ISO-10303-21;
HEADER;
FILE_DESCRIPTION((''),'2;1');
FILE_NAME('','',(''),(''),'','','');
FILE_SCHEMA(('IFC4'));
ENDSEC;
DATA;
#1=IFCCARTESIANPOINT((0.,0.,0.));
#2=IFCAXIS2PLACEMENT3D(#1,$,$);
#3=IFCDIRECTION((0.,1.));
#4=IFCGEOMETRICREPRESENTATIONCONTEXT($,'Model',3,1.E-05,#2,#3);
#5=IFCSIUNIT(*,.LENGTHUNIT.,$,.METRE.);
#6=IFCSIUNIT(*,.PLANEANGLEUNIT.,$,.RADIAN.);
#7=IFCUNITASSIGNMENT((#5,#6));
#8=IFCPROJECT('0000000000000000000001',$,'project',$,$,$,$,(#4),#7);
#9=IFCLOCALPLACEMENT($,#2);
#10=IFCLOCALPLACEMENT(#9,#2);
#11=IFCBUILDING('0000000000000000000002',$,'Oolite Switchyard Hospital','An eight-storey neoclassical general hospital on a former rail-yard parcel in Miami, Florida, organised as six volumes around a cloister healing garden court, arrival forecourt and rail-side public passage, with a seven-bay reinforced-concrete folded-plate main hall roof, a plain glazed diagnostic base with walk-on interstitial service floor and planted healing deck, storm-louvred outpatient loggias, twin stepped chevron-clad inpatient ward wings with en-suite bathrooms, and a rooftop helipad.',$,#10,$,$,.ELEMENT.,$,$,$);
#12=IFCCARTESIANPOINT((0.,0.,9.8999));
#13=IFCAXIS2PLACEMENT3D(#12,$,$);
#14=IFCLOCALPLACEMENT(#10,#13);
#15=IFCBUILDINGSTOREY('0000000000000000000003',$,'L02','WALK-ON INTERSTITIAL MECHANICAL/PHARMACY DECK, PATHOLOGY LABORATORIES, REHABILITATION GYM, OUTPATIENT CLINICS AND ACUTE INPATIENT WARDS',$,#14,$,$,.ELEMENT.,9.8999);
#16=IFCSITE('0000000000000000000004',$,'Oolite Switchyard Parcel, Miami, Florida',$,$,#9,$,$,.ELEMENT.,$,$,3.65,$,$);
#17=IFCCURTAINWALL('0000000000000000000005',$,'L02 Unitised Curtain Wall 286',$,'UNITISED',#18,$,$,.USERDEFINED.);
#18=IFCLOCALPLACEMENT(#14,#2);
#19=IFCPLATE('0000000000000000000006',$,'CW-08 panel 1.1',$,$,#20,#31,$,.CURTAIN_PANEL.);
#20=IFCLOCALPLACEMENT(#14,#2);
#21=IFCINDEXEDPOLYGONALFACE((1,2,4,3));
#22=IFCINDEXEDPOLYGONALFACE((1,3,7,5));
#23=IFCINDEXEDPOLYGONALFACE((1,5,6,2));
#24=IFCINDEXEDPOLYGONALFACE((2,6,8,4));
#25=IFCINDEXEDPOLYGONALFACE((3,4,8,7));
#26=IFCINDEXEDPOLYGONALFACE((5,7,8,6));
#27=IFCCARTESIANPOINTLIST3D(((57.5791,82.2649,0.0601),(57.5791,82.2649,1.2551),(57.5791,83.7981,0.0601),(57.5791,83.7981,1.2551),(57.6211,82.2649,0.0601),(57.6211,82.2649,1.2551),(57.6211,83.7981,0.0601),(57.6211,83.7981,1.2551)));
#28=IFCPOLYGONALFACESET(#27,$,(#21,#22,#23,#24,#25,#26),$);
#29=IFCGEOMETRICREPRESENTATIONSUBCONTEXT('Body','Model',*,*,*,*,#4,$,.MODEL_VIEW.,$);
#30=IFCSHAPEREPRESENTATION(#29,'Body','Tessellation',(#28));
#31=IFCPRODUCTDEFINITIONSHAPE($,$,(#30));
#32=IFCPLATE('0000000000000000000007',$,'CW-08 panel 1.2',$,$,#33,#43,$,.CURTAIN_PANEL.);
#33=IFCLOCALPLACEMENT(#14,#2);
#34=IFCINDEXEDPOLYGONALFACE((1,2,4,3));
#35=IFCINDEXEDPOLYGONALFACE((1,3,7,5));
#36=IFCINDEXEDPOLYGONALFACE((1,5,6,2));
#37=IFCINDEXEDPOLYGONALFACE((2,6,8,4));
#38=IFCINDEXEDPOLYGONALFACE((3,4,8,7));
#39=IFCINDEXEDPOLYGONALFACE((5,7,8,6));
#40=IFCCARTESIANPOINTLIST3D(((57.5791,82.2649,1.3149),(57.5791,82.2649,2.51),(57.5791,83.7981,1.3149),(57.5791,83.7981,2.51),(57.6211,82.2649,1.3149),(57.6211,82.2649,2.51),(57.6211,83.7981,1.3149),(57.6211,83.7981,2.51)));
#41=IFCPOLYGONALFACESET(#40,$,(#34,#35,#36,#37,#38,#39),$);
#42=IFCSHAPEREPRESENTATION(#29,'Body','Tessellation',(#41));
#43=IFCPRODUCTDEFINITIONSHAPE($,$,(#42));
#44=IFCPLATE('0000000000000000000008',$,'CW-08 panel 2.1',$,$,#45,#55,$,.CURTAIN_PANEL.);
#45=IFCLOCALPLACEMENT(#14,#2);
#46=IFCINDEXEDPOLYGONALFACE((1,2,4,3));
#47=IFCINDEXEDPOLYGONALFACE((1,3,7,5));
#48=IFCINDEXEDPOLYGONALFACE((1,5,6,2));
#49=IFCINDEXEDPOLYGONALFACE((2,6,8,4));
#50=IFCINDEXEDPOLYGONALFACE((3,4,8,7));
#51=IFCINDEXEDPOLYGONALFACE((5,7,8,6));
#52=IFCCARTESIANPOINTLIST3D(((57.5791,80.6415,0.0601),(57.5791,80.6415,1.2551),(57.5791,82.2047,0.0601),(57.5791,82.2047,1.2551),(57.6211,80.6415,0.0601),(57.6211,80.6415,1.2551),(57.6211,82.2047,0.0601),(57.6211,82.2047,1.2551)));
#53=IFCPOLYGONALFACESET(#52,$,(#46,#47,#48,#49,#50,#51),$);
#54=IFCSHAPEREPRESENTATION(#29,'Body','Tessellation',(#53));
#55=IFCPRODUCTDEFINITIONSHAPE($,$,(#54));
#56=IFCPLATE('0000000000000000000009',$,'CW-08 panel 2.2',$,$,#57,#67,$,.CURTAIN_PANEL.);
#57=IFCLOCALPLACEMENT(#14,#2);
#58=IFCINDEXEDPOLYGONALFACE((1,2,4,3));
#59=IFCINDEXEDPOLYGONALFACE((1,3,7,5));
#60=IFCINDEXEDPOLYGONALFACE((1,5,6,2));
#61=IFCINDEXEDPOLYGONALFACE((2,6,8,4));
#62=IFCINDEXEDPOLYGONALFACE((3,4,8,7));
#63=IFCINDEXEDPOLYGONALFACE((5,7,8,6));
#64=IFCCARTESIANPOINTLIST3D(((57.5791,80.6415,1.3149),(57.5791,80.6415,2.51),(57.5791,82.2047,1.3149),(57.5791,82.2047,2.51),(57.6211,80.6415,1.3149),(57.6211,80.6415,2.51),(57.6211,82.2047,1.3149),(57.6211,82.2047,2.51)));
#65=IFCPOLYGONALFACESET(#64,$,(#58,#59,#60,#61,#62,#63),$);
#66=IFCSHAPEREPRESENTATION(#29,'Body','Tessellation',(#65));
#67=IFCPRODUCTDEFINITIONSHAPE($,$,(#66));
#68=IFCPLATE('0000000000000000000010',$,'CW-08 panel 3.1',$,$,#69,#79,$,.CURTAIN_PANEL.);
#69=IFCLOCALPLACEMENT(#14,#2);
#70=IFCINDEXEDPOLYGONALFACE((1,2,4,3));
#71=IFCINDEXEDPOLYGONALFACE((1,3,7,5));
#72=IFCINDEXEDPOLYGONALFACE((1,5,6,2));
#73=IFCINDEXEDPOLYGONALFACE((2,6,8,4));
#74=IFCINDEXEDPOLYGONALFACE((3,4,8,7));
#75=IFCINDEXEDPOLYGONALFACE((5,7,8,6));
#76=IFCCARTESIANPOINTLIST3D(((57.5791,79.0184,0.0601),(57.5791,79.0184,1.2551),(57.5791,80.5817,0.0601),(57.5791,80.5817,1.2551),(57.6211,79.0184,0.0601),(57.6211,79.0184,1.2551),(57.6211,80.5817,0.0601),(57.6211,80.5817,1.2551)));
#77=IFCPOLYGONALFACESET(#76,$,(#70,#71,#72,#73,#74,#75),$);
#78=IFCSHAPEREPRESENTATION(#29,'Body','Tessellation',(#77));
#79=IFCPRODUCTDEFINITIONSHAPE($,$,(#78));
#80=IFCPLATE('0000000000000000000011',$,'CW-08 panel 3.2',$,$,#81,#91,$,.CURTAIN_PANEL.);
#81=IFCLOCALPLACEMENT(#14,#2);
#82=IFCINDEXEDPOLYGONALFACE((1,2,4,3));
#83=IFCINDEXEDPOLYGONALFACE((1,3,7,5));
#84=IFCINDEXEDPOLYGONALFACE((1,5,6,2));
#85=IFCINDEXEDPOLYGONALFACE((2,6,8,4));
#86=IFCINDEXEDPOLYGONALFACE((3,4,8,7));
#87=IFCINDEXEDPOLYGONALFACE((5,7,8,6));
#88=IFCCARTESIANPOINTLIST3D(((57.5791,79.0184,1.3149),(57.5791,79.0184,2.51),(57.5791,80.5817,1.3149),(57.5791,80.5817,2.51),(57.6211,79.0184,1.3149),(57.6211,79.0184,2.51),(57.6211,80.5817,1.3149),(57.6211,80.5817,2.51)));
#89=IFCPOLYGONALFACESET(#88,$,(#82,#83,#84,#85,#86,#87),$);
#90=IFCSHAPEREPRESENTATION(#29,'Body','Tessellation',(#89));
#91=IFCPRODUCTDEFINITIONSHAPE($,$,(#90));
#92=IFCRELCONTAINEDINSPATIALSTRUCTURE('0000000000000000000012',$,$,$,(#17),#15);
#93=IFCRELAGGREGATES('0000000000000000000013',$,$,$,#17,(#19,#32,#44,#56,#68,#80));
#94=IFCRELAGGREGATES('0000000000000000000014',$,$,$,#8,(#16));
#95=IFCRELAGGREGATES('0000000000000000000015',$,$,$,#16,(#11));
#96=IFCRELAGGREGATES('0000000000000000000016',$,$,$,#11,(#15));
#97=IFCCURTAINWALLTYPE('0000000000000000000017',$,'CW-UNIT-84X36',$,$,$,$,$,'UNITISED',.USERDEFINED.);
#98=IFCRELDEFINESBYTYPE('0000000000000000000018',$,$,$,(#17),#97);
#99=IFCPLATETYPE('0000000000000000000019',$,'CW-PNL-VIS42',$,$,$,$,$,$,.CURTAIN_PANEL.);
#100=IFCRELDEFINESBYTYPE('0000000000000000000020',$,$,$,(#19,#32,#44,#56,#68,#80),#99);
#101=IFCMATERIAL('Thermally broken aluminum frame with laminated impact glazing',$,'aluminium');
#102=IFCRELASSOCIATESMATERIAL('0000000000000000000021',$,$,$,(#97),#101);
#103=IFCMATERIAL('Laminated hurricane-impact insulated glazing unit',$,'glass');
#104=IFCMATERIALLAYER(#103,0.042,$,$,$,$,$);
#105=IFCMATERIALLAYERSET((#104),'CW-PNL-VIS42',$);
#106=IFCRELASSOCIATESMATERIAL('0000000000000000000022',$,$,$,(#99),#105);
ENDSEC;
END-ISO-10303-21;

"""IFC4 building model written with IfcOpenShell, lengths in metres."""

from ifc_helpers import new_model, si_unit, direction, frame, origin, origin_2d, place, context, subcontext, project, spatial, rectangle, extrude, material, layer, layer_set, type_object, element, aggregate, save


model = new_model("IFC4")

# Units and contexts
model_context = context("Model", 3, precision=1e-05, world=origin(), true_north=direction((0.0, 1.0)))
body_context = subcontext(model_context, "Body", "Model", "MODEL_VIEW")
ifc_project = project(units=[si_unit("LENGTHUNIT", "METRE"), si_unit("PLANEANGLEUNIT", "RADIAN")], contexts=[model_context])

# Site, building, storey
site_placement = place(None, origin())
site = spatial("IfcSite", under=ifc_project, at=site_placement, Name="Oolite Switchyard Parcel, Miami, Florida", CompositionType="ELEMENT", RefElevation=3.65)
building_placement = place(site_placement, origin())
building = spatial("IfcBuilding", under=site, at=building_placement, Name="Oolite Switchyard Hospital", Description="An eight-storey neoclassical general hospital on a former rail-yard parcel in Miami, Florida, organised as six volumes around a cloister healing garden court, arrival forecourt and rail-side public passage, with a seven-bay reinforced-concrete folded-plate main hall roof, a plain glazed diagnostic base with walk-on interstitial service floor and planted healing deck, storm-louvred outpatient loggias, twin stepped chevron-clad inpatient ward wings with en-suite bathrooms, and a rooftop helipad.", CompositionType="ELEMENT")
storey_placement = place(building_placement, frame((0.0, 0.0, 9.8999)))
storey = spatial("IfcBuildingStorey", under=building, at=storey_placement, Name="L02", Description="WALK-ON INTERSTITIAL MECHANICAL/PHARMACY DECK, PATHOLOGY LABORATORIES, REHABILITATION GYM, OUTPATIENT CLINICS AND ACUTE INPATIENT WARDS", CompositionType="ELEMENT", Elevation=9.8999)

# Curtain wall, plates
ifc_material_1 = material(Name="Thermally broken aluminum frame with laminated impact glazing", Category="aluminium")
curtain_wall_type = type_object("IfcCurtainWallType", Name="CW-UNIT-84X36", ElementType="UNITISED", PredefinedType="USERDEFINED", material=ifc_material_1)
curtain_wall_placement = place(storey_placement, origin())
curtain_wall = element("IfcCurtainWall", 1, at=curtain_wall_placement, inside=storey, type_object=curtain_wall_type, Name="L02 Unitised Curtain Wall 286", ObjectType="UNITISED", PredefinedType="USERDEFINED")
ifc_material_2 = material(Name="Laminated hurricane-impact insulated glazing unit", Category="glass")
ifc_layer = layer(ifc_material_2, 0.042)
ifc_layer_set = layer_set([ifc_layer], Name="CW-PNL-VIS42")
plate_type = type_object("IfcPlateType", Name="CW-PNL-VIS42", PredefinedType="CURTAIN_PANEL", material=ifc_layer_set)
plate_1_placement = place(storey_placement, frame((57.6001, 83.0315, 0.0601), z_axis=(0.0, 0.0, 1.0), x_axis=(0.0, -1.0, 0.0)))
plate_1 = element("IfcPlate", 2, at=plate_1_placement, type_object=plate_type, Name="CW-08 panel 1.1", PredefinedType="CURTAIN_PANEL", context=body_context, shape_type="SweptSolid", body=[
    extrude(rectangle(XDim=1.5332, YDim=0.042, at=origin_2d()), origin(), (0.0, 0.0, 1.0), 1.1951),
])
plate_2_placement = place(storey_placement, frame((57.6001, 83.0315, 1.3149), z_axis=(0.0, 0.0, 1.0), x_axis=(0.0, -1.0, 0.0)))
plate_2 = element("IfcPlate", 3, at=plate_2_placement, type_object=plate_type, Name="CW-08 panel 1.2", PredefinedType="CURTAIN_PANEL", context=body_context, shape_type="SweptSolid", body=[
    extrude(rectangle(XDim=1.5332, YDim=0.042, at=origin_2d()), origin(), (0.0, 0.0, 1.0), 1.1951),
])
plate_3_placement = place(storey_placement, frame((57.6001, 81.4231, 0.0601), z_axis=(0.0, 0.0, 1.0), x_axis=(0.0, -1.0, 0.0)))
plate_3 = element("IfcPlate", 4, at=plate_3_placement, type_object=plate_type, Name="CW-08 panel 2.1", PredefinedType="CURTAIN_PANEL", context=body_context, shape_type="SweptSolid", body=[
    extrude(rectangle(XDim=1.5632, YDim=0.042, at=origin_2d()), origin(), (0.0, 0.0, 1.0), 1.1951),
])
plate_4_placement = place(storey_placement, frame((57.6001, 81.4231, 1.3149), z_axis=(0.0, 0.0, 1.0), x_axis=(0.0, -1.0, 0.0)))
plate_4 = element("IfcPlate", 5, at=plate_4_placement, type_object=plate_type, Name="CW-08 panel 2.2", PredefinedType="CURTAIN_PANEL", context=body_context, shape_type="SweptSolid", body=[
    extrude(rectangle(XDim=1.5632, YDim=0.042, at=origin_2d()), origin(), (0.0, 0.0, 1.0), 1.1951),
])
plate_5_placement = place(storey_placement, frame((57.6001, 79.8, 0.0601), z_axis=(0.0, 0.0, 1.0), x_axis=(0.0, -1.0, 0.0)))
plate_5 = element("IfcPlate", 6, at=plate_5_placement, type_object=plate_type, Name="CW-08 panel 3.1", PredefinedType="CURTAIN_PANEL", context=body_context, shape_type="SweptSolid", body=[
    extrude(rectangle(XDim=1.5632, YDim=0.042, at=origin_2d()), origin(), (0.0, 0.0, 1.0), 1.1951),
])
plate_6_placement = place(storey_placement, frame((57.6001, 79.8, 1.3149), z_axis=(0.0, 0.0, 1.0), x_axis=(0.0, -1.0, 0.0)))
plate_6 = element("IfcPlate", 7, at=plate_6_placement, type_object=plate_type, Name="CW-08 panel 3.2", PredefinedType="CURTAIN_PANEL", context=body_context, shape_type="SweptSolid", body=[
    extrude(rectangle(XDim=1.5632, YDim=0.042, at=origin_2d()), origin(), (0.0, 0.0, 1.0), 1.1951),
])
aggregate(curtain_wall, [plate_1, plate_2, plate_3, plate_4, plate_5, plate_6])

save(model, "model.ifc")
